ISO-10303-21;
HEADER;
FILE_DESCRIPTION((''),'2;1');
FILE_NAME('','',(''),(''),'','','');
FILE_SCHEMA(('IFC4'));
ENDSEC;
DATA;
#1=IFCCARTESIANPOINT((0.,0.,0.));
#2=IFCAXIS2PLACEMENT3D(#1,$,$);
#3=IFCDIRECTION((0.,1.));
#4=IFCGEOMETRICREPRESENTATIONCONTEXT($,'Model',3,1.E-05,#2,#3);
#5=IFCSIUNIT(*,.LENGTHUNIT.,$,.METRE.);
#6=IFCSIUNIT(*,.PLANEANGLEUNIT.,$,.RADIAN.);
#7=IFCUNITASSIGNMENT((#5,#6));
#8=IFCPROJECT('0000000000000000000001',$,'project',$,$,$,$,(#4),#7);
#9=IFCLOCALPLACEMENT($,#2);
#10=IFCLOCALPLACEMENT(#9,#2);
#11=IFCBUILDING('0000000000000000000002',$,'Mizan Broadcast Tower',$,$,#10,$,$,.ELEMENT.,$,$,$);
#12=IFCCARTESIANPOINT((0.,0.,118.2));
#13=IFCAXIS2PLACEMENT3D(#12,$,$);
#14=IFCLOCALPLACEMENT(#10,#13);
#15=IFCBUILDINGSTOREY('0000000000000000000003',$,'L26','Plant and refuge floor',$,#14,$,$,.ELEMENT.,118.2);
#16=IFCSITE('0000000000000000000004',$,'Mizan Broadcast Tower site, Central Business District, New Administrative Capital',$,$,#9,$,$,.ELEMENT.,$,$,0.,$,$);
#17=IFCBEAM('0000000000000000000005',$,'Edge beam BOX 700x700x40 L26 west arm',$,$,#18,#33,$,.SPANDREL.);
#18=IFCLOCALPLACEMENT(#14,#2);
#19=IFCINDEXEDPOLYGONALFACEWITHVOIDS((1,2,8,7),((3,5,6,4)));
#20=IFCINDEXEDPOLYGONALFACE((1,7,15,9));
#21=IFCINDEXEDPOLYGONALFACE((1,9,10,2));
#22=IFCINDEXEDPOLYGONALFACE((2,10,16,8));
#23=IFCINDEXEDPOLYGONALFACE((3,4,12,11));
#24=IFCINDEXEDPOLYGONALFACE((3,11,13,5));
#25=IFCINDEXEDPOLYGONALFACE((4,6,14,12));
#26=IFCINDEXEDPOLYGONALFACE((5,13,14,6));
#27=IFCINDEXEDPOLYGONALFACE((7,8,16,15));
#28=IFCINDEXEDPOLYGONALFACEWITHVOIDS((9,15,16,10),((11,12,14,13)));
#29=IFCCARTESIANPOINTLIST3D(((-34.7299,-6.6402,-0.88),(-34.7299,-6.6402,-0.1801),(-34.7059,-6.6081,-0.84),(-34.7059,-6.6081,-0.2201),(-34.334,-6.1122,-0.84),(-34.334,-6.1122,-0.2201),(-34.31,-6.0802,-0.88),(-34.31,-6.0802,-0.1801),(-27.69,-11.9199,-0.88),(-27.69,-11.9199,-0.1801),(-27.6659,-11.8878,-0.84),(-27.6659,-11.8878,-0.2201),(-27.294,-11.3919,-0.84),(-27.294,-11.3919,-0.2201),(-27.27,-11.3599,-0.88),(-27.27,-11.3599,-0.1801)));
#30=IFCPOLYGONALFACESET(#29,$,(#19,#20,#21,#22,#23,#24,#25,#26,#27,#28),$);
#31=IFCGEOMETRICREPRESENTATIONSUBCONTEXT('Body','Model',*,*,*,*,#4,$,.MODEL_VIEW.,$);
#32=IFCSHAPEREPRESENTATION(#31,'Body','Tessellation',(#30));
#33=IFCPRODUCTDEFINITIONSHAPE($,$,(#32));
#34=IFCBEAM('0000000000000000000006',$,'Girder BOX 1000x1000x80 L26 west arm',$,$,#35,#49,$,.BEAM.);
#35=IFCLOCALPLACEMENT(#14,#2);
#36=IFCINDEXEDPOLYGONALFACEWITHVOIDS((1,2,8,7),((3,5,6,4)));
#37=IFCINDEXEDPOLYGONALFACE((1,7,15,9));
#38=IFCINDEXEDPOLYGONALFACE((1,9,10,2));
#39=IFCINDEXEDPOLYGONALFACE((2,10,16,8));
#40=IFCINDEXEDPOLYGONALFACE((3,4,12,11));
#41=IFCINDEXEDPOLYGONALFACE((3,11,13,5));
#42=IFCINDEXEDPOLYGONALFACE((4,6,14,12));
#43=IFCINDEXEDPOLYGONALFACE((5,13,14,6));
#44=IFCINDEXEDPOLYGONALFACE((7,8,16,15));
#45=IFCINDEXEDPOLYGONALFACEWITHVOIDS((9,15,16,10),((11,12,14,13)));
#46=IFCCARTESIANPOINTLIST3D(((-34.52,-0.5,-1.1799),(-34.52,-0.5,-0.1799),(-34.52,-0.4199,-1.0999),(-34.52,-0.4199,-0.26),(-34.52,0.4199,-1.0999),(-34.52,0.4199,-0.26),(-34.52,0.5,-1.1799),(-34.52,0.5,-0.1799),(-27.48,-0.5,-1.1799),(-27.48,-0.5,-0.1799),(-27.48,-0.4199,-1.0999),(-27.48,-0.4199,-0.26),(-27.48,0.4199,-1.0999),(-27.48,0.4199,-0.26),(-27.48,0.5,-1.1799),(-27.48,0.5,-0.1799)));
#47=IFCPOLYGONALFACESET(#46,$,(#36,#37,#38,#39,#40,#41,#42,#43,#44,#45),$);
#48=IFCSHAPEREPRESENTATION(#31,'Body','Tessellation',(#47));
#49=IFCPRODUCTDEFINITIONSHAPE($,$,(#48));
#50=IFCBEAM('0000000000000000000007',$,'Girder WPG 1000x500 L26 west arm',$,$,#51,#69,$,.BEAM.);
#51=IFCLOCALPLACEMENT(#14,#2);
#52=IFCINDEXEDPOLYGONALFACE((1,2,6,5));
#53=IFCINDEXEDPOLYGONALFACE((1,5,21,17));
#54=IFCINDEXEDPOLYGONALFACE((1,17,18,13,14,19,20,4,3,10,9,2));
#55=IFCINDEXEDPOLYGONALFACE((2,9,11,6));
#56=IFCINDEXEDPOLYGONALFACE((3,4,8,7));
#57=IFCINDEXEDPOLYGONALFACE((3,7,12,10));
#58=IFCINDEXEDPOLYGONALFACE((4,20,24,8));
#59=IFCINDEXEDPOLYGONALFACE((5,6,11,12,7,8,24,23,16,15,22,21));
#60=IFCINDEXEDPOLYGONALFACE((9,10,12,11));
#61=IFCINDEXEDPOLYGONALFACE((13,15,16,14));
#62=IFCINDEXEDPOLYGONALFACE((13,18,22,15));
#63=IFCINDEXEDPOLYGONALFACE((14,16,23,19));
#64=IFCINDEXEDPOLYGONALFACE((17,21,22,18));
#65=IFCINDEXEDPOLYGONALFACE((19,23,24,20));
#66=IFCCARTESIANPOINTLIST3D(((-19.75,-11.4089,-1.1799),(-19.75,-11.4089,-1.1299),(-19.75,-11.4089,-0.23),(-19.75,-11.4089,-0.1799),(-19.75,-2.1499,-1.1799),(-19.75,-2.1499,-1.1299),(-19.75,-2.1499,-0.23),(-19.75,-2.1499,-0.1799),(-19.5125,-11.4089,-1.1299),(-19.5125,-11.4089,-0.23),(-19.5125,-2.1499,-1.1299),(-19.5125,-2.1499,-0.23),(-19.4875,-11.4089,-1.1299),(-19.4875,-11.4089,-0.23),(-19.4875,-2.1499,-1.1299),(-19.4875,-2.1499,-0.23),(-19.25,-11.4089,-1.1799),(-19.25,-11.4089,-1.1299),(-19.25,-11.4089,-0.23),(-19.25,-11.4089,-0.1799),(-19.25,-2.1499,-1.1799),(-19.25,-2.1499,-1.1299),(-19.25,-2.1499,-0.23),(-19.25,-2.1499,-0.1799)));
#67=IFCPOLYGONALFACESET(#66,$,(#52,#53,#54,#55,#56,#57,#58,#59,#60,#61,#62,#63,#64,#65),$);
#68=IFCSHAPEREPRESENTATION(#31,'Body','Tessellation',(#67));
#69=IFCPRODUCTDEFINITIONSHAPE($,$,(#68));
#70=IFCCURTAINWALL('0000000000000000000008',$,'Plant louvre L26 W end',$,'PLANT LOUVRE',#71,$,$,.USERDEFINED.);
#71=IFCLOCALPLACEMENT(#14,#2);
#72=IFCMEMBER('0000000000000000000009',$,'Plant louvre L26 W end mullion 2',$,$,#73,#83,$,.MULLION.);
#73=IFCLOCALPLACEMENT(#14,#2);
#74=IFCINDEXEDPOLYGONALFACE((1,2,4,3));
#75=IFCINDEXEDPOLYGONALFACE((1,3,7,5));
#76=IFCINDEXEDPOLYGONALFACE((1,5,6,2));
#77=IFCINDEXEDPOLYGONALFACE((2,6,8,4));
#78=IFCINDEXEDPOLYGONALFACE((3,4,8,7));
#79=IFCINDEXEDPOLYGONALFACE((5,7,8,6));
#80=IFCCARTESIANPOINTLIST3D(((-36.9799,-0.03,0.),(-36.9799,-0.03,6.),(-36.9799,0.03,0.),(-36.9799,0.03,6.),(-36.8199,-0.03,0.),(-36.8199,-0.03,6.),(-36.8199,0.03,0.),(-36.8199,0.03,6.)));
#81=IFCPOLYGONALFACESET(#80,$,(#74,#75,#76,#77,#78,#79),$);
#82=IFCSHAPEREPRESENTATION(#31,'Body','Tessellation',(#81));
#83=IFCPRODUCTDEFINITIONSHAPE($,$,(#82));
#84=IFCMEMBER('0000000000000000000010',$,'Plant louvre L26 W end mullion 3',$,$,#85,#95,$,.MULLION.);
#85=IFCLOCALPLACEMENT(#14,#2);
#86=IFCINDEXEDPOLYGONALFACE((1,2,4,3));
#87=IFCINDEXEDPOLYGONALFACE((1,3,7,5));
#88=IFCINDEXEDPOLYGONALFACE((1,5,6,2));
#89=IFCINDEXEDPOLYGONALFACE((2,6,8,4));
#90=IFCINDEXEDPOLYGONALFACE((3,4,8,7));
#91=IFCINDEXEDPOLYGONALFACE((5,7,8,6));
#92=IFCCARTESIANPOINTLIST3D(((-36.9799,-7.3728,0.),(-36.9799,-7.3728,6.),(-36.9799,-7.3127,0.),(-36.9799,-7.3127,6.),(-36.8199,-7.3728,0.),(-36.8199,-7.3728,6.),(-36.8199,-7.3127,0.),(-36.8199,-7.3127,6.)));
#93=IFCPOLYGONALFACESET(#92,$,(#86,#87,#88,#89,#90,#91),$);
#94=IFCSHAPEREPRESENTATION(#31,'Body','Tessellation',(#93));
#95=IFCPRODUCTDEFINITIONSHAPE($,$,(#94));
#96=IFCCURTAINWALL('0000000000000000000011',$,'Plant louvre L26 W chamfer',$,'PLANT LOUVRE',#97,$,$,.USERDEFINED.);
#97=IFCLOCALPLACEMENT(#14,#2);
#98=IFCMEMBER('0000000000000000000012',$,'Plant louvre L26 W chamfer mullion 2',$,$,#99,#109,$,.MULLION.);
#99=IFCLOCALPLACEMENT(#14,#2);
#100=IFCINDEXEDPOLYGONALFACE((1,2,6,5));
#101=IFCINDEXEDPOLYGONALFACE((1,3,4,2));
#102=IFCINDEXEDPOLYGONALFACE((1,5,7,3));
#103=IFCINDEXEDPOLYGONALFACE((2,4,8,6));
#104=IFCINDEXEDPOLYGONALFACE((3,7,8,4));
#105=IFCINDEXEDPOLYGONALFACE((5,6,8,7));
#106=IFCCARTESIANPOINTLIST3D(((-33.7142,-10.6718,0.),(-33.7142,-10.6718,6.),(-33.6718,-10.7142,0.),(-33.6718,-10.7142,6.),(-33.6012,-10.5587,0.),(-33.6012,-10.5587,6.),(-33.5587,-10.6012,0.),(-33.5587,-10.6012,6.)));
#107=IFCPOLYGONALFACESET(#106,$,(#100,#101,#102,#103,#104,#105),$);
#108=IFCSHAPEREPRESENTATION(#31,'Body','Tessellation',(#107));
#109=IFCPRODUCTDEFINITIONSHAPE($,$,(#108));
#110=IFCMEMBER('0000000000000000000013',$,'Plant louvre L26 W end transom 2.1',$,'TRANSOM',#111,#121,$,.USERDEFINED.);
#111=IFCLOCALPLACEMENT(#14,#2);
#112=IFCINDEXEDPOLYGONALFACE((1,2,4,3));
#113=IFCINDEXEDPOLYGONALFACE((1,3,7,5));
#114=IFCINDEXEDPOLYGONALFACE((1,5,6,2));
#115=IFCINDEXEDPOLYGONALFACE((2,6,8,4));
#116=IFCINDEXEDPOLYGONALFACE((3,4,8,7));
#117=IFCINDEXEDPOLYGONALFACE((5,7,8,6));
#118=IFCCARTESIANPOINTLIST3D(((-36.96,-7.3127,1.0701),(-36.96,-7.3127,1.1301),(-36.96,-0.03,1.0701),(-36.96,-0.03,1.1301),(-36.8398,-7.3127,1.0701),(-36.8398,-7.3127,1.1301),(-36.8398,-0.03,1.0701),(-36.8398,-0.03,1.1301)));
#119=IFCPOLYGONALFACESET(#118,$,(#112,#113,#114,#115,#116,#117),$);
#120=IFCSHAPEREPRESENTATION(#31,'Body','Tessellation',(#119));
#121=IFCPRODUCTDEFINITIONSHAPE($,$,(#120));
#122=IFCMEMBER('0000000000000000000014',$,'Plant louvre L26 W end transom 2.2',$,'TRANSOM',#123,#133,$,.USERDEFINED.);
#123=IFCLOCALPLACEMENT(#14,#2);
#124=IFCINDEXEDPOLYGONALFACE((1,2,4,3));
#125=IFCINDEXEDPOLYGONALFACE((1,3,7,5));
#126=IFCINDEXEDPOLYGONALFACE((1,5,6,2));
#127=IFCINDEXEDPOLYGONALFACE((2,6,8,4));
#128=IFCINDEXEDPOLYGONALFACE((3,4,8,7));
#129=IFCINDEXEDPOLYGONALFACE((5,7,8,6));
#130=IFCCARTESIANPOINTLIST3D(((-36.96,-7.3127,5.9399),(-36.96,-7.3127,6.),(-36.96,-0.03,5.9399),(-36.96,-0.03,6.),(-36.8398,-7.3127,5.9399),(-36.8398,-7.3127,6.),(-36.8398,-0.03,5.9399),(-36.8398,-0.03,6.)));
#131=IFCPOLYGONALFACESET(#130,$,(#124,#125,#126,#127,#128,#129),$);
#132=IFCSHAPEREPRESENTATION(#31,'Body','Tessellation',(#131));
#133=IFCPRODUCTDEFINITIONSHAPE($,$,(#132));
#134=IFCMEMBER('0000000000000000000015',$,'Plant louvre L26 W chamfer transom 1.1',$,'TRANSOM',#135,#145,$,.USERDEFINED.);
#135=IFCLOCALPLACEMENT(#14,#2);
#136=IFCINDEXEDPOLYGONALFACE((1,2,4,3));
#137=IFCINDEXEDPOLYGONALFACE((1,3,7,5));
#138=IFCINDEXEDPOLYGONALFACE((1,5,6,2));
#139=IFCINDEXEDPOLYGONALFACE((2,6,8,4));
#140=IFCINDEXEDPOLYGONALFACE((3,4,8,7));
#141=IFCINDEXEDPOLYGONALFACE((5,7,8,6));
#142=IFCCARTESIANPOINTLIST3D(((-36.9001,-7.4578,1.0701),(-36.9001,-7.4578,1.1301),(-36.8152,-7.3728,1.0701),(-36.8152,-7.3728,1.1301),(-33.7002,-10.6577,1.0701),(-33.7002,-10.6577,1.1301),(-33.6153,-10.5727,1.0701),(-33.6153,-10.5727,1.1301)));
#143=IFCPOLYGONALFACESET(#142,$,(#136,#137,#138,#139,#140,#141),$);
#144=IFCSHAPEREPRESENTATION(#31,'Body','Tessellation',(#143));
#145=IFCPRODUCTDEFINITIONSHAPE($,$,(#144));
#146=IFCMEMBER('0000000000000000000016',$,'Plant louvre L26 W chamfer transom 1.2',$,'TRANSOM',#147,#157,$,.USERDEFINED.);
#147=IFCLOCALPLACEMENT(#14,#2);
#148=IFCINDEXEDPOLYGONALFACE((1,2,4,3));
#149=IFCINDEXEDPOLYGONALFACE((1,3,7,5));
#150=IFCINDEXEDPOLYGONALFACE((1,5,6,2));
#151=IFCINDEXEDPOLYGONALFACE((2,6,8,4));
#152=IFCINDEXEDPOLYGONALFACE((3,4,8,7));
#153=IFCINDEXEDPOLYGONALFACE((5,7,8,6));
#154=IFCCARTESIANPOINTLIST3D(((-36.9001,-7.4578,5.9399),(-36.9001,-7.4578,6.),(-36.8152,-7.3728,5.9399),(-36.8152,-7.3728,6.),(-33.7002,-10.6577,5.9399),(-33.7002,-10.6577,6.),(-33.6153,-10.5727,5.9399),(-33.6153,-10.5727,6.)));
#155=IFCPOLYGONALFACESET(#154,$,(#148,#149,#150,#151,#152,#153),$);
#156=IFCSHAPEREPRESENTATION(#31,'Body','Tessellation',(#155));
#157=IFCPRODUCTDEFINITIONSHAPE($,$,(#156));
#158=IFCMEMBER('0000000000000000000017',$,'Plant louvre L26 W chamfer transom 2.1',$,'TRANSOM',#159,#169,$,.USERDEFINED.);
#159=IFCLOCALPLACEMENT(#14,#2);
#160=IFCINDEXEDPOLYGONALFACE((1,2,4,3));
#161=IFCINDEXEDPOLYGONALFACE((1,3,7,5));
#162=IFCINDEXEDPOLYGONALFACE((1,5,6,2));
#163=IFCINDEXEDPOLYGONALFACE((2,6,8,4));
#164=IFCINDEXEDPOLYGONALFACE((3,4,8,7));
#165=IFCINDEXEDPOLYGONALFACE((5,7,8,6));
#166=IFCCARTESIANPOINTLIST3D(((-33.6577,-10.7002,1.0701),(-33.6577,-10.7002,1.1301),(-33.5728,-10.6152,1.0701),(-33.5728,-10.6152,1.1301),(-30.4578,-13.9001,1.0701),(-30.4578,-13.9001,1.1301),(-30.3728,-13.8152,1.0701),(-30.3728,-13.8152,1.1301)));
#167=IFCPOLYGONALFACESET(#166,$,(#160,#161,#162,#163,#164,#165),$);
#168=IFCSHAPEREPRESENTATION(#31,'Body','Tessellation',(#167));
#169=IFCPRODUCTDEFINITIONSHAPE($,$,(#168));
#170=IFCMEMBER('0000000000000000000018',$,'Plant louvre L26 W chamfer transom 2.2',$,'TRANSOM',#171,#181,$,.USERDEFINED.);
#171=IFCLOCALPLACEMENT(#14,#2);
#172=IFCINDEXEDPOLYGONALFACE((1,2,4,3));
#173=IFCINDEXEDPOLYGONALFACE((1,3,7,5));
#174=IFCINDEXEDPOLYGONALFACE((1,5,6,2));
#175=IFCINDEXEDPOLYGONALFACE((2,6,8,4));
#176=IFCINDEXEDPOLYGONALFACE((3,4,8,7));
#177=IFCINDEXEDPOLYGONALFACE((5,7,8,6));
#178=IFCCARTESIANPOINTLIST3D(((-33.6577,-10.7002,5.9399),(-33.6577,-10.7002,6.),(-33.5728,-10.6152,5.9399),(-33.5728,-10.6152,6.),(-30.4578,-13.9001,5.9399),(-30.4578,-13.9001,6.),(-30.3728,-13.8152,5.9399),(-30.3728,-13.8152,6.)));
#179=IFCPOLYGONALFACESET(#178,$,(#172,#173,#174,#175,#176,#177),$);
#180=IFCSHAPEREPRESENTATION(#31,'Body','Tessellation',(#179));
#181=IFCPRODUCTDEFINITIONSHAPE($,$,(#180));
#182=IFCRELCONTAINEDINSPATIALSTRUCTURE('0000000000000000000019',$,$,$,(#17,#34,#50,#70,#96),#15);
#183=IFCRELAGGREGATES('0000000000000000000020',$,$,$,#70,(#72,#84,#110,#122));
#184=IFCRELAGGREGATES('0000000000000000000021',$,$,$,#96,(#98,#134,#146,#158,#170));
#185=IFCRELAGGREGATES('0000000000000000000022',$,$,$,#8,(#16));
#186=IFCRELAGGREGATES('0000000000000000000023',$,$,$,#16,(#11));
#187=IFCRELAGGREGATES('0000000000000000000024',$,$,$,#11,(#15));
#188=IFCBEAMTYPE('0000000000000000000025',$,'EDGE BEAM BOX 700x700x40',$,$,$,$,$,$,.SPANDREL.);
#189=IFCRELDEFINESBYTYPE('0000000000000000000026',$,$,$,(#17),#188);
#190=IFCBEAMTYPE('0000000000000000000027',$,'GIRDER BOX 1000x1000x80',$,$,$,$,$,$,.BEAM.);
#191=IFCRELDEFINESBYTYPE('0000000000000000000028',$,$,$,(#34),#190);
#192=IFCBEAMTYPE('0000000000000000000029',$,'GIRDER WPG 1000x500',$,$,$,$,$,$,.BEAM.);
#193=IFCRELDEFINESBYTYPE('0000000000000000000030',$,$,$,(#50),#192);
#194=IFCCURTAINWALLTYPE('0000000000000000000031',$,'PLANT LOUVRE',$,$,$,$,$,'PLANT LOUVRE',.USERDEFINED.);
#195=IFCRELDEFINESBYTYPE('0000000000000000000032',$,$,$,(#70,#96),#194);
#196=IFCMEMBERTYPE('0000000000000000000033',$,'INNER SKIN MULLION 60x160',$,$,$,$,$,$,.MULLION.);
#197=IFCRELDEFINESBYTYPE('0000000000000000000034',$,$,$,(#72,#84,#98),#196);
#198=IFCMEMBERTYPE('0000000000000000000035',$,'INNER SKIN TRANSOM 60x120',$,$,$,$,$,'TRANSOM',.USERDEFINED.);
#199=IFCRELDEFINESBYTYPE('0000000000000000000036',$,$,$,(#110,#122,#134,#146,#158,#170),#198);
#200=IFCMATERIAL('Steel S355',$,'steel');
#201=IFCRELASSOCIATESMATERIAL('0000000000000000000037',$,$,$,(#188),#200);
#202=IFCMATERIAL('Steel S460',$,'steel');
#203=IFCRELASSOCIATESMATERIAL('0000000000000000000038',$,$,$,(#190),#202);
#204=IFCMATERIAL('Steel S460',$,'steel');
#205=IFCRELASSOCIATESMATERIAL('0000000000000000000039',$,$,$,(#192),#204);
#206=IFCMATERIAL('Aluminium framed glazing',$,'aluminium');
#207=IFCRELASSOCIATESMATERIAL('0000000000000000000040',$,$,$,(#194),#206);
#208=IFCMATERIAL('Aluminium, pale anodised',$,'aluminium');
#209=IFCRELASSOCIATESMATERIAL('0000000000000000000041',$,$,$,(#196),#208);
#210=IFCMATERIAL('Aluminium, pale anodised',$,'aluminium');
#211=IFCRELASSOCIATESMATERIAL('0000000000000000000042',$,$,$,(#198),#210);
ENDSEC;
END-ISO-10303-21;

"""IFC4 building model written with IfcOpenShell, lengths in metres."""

from ifc_helpers import new_model, si_unit, direction, frame, origin, origin_2d, place, context, subcontext, project, spatial, rectangle, hollow_rectangle, i_section, extrude, material, material_profile, profile_set, type_object, element, aggregate, save


model = new_model("IFC4")

# Units and contexts
model_context = context("Model", 3, precision=1e-05, world=origin(), true_north=direction((0.0, 1.0)))
body_context = subcontext(model_context, "Body", "Model", "MODEL_VIEW")
ifc_project = project(units=[si_unit("LENGTHUNIT", "METRE"), si_unit("PLANEANGLEUNIT", "RADIAN")], contexts=[model_context])

# Site, building, storey
site_placement = place(None, origin())
site = spatial("IfcSite", under=ifc_project, at=site_placement, Name="Mizan Broadcast Tower site, Central Business District, New Administrative Capital", CompositionType="ELEMENT", RefElevation=0.0)
building_placement = place(site_placement, origin())
building = spatial("IfcBuilding", under=site, at=building_placement, Name="Mizan Broadcast Tower", CompositionType="ELEMENT")
storey_placement = place(building_placement, frame((0.0, 0.0, 118.2)))
storey = spatial("IfcBuildingStorey", under=building, at=storey_placement, Name="L26", Description="Plant and refuge floor", CompositionType="ELEMENT", Elevation=118.2)

# Beams
ifc_material_1 = material(Name="Steel S355", Category="steel")
ifc_material_profile_1 = material_profile(ifc_material_1, hollow_rectangle(XDim=0.7, YDim=0.7, WallThickness=0.04, at=origin_2d()), Name="BOX 700x700x40")
ifc_profile_set_1 = profile_set([ifc_material_profile_1], Name="Steel S355")
beam_type_1 = type_object("IfcBeamType", Name="EDGE BEAM BOX 700x700x40", PredefinedType="SPANDREL", material=ifc_profile_set_1)
beam_1_placement = place(storey_placement, frame((-27.48, -11.6399, -0.53), z_axis=(-0.800013, 0.599982, 0.0), x_axis=(-0.599982, -0.800013, 0.0)))
element("IfcBeam", 1, at=beam_1_placement, inside=storey, type_object=beam_type_1, Name="Edge beam BOX 700x700x40 L26 west arm", PredefinedType="SPANDREL", context=body_context, shape_type="SweptSolid", body=[
    extrude(hollow_rectangle(XDim=0.7, YDim=0.7, WallThickness=0.04, at=origin_2d()), origin(), (0.0, 0.0, 1.0), 8.7998),
])
ifc_material_2 = material(Name="Steel S460", Category="steel")
ifc_material_profile_2 = material_profile(ifc_material_2, hollow_rectangle(XDim=1.0, YDim=1.0, WallThickness=0.0801, at=origin_2d()), Name="BOX 1000x1000x80")
ifc_profile_set_2 = profile_set([ifc_material_profile_2], Name="Steel S460")
beam_type_2 = type_object("IfcBeamType", Name="GIRDER BOX 1000x1000x80", PredefinedType="BEAM", material=ifc_profile_set_2)
beam_2_placement = place(storey_placement, frame((-27.48, 0.0, -0.6799), z_axis=(-1.0, 0.0, 0.0), x_axis=(0.0, -1.0, 0.0)))
element("IfcBeam", 2, at=beam_2_placement, inside=storey, type_object=beam_type_2, Name="Girder BOX 1000x1000x80 L26 west arm", PredefinedType="BEAM", context=body_context, shape_type="SweptSolid", body=[
    extrude(hollow_rectangle(XDim=1.0, YDim=1.0, WallThickness=0.0801, at=origin_2d()), origin(), (0.0, 0.0, 1.0), 7.04),
])
ifc_material_3 = material(Name="Steel S460", Category="steel")
ifc_material_profile_3 = material_profile(ifc_material_3, i_section(OverallWidth=0.5, OverallDepth=1.0, WebThickness=0.0249, FlangeThickness=0.05, at=origin_2d()), Name="WPG 1000x500")
ifc_profile_set_3 = profile_set([ifc_material_profile_3], Name="Steel S460")
beam_type_3 = type_object("IfcBeamType", Name="GIRDER WPG 1000x500", PredefinedType="BEAM", material=ifc_profile_set_3)
beam_3_placement = place(storey_placement, frame((-19.5, -11.4089, -0.6799), z_axis=(0.0, 1.0, 0.0), x_axis=(-1.0, 0.0, 0.0)))
element("IfcBeam", 3, at=beam_3_placement, inside=storey, type_object=beam_type_3, Name="Girder WPG 1000x500 L26 west arm", PredefinedType="BEAM", context=body_context, shape_type="SweptSolid", body=[
    extrude(i_section(OverallWidth=0.5, OverallDepth=1.0, WebThickness=0.0249, FlangeThickness=0.05, at=origin_2d()), origin(), (0.0, 0.0, 1.0), 9.259),
])

# Curtain wall, members
ifc_material_4 = material(Name="Aluminium framed glazing", Category="aluminium")
curtain_wall_type = type_object("IfcCurtainWallType", Name="PLANT LOUVRE", ElementType="PLANT LOUVRE", PredefinedType="USERDEFINED", material=ifc_material_4)
curtain_wall_1_placement = place(storey_placement, origin())
curtain_wall_1 = element("IfcCurtainWall", 4, at=curtain_wall_1_placement, inside=storey, type_object=curtain_wall_type, Name="Plant louvre L26 W end", ObjectType="PLANT LOUVRE", PredefinedType="USERDEFINED")
ifc_material_5 = material(Name="Aluminium, pale anodised", Category="aluminium")
ifc_material_profile_4 = material_profile(ifc_material_5, rectangle(XDim=0.1599, YDim=0.0601, at=origin_2d()), Name="MULLION 160x60")
ifc_profile_set_4 = profile_set([ifc_material_profile_4], Name="Aluminium, pale anodised")
member_type_1 = type_object("IfcMemberType", Name="INNER SKIN MULLION 60x160", PredefinedType="MULLION", material=ifc_profile_set_4)
member_1_placement = place(storey_placement, frame((-36.8999, 0.0, 0.0), z_axis=(0.0, 0.0, 1.0), x_axis=(1.0, 0.0, 0.0)))
member_1 = element("IfcMember", 5, at=member_1_placement, type_object=member_type_1, Name="Plant louvre L26 W end mullion 2", PredefinedType="MULLION", context=body_context, shape_type="SweptSolid", body=[
    extrude(rectangle(XDim=0.1599, YDim=0.0601, at=origin_2d()), origin(), (0.0, 0.0, 1.0), 6.0),
])
member_2_placement = place(storey_placement, frame((-36.8999, -7.3428, 0.0), z_axis=(0.0, 0.0, 1.0), x_axis=(1.0, 0.0, 0.0)))
member_2 = element("IfcMember", 6, at=member_2_placement, type_object=member_type_1, Name="Plant louvre L26 W end mullion 3", PredefinedType="MULLION", context=body_context, shape_type="SweptSolid", body=[
    extrude(rectangle(XDim=0.1599, YDim=0.0601, at=origin_2d()), origin(), (0.0, 0.0, 1.0), 6.0),
])

# Curtain wall, member
curtain_wall_2_placement = place(storey_placement, origin())
curtain_wall_2 = element("IfcCurtainWall", 7, at=curtain_wall_2_placement, inside=storey, type_object=curtain_wall_type, Name="Plant louvre L26 W chamfer", ObjectType="PLANT LOUVRE", PredefinedType="USERDEFINED")
member_3_placement = place(storey_placement, frame((-33.6365, -10.6365, 0.0), z_axis=(0.0, 0.0, 1.0), x_axis=(0.707107, 0.707107, 0.0)))
member_3 = element("IfcMember", 8, at=member_3_placement, type_object=member_type_1, Name="Plant louvre L26 W chamfer mullion 2", PredefinedType="MULLION", context=body_context, shape_type="SweptSolid", body=[
    extrude(rectangle(XDim=0.1599, YDim=0.0601, at=origin_2d()), origin(), (0.0, 0.0, 1.0), 6.0),
])

# Members
ifc_material_6 = material(Name="Aluminium, pale anodised", Category="aluminium")
ifc_material_profile_5 = material_profile(ifc_material_6, rectangle(XDim=0.1201, YDim=0.0601, at=origin_2d()), Name="TRANSOM 120x60")
ifc_profile_set_5 = profile_set([ifc_material_profile_5], Name="Aluminium, pale anodised")
member_type_2 = type_object("IfcMemberType", Name="INNER SKIN TRANSOM 60x120", ElementType="TRANSOM", PredefinedType="USERDEFINED", material=ifc_profile_set_5)
member_4_placement = place(storey_placement, frame((-36.8999, -0.03, 1.1001), z_axis=(0.0, -1.0, 0.0), x_axis=(1.0, 0.0, 0.0)))
member_4 = element("IfcMember", 9, at=member_4_placement, type_object=member_type_2, Name="Plant louvre L26 W end transom 2.1", ObjectType="TRANSOM", PredefinedType="USERDEFINED", context=body_context, shape_type="SweptSolid", body=[
    extrude(rectangle(XDim=0.1201, YDim=0.0601, at=origin_2d()), origin(), (0.0, 0.0, 1.0), 7.2827),
])
member_5_placement = place(storey_placement, frame((-36.8999, -0.03, 5.97), z_axis=(0.0, -1.0, 0.0), x_axis=(1.0, 0.0, 0.0)))
member_5 = element("IfcMember", 10, at=member_5_placement, type_object=member_type_2, Name="Plant louvre L26 W end transom 2.2", ObjectType="TRANSOM", PredefinedType="USERDEFINED", context=body_context, shape_type="SweptSolid", body=[
    extrude(rectangle(XDim=0.1201, YDim=0.0601, at=origin_2d()), origin(), (0.0, 0.0, 1.0), 7.2827),
])
member_6_placement = place(storey_placement, frame((-36.8577, -7.4153, 1.1001), z_axis=(0.707107, -0.707107, 0.0), x_axis=(0.707107, 0.707107, 0.0)))
member_6 = element("IfcMember", 11, at=member_6_placement, type_object=member_type_2, Name="Plant louvre L26 W chamfer transom 1.1", ObjectType="TRANSOM", PredefinedType="USERDEFINED", context=body_context, shape_type="SweptSolid", body=[
    extrude(rectangle(XDim=0.1201, YDim=0.0601, at=origin_2d()), origin(), (0.0, 0.0, 1.0), 4.5254),
])
member_7_placement = place(storey_placement, frame((-36.8577, -7.4153, 5.97), z_axis=(0.707107, -0.707107, 0.0), x_axis=(0.707107, 0.707107, 0.0)))
member_7 = element("IfcMember", 12, at=member_7_placement, type_object=member_type_2, Name="Plant louvre L26 W chamfer transom 1.2", ObjectType="TRANSOM", PredefinedType="USERDEFINED", context=body_context, shape_type="SweptSolid", body=[
    extrude(rectangle(XDim=0.1201, YDim=0.0601, at=origin_2d()), origin(), (0.0, 0.0, 1.0), 4.5254),
])
member_8_placement = place(storey_placement, frame((-33.6152, -10.6577, 1.1001), z_axis=(0.707107, -0.707107, 0.0), x_axis=(0.707107, 0.707107, 0.0)))
member_8 = element("IfcMember", 13, at=member_8_placement, type_object=member_type_2, Name="Plant louvre L26 W chamfer transom 2.1", ObjectType="TRANSOM", PredefinedType="USERDEFINED", context=body_context, shape_type="SweptSolid", body=[
    extrude(rectangle(XDim=0.1201, YDim=0.0601, at=origin_2d()), origin(), (0.0, 0.0, 1.0), 4.5254),
])
member_9_placement = place(storey_placement, frame((-33.6152, -10.6577, 5.97), z_axis=(0.707107, -0.707107, 0.0), x_axis=(0.707107, 0.707107, 0.0)))
member_9 = element("IfcMember", 14, at=member_9_placement, type_object=member_type_2, Name="Plant louvre L26 W chamfer transom 2.2", ObjectType="TRANSOM", PredefinedType="USERDEFINED", context=body_context, shape_type="SweptSolid", body=[
    extrude(rectangle(XDim=0.1201, YDim=0.0601, at=origin_2d()), origin(), (0.0, 0.0, 1.0), 4.5254),
])

aggregate(curtain_wall_1, [member_1, member_2, member_4, member_5])
aggregate(curtain_wall_2, [member_3, member_6, member_7, member_8, member_9])

save(model, "model.ifc")
